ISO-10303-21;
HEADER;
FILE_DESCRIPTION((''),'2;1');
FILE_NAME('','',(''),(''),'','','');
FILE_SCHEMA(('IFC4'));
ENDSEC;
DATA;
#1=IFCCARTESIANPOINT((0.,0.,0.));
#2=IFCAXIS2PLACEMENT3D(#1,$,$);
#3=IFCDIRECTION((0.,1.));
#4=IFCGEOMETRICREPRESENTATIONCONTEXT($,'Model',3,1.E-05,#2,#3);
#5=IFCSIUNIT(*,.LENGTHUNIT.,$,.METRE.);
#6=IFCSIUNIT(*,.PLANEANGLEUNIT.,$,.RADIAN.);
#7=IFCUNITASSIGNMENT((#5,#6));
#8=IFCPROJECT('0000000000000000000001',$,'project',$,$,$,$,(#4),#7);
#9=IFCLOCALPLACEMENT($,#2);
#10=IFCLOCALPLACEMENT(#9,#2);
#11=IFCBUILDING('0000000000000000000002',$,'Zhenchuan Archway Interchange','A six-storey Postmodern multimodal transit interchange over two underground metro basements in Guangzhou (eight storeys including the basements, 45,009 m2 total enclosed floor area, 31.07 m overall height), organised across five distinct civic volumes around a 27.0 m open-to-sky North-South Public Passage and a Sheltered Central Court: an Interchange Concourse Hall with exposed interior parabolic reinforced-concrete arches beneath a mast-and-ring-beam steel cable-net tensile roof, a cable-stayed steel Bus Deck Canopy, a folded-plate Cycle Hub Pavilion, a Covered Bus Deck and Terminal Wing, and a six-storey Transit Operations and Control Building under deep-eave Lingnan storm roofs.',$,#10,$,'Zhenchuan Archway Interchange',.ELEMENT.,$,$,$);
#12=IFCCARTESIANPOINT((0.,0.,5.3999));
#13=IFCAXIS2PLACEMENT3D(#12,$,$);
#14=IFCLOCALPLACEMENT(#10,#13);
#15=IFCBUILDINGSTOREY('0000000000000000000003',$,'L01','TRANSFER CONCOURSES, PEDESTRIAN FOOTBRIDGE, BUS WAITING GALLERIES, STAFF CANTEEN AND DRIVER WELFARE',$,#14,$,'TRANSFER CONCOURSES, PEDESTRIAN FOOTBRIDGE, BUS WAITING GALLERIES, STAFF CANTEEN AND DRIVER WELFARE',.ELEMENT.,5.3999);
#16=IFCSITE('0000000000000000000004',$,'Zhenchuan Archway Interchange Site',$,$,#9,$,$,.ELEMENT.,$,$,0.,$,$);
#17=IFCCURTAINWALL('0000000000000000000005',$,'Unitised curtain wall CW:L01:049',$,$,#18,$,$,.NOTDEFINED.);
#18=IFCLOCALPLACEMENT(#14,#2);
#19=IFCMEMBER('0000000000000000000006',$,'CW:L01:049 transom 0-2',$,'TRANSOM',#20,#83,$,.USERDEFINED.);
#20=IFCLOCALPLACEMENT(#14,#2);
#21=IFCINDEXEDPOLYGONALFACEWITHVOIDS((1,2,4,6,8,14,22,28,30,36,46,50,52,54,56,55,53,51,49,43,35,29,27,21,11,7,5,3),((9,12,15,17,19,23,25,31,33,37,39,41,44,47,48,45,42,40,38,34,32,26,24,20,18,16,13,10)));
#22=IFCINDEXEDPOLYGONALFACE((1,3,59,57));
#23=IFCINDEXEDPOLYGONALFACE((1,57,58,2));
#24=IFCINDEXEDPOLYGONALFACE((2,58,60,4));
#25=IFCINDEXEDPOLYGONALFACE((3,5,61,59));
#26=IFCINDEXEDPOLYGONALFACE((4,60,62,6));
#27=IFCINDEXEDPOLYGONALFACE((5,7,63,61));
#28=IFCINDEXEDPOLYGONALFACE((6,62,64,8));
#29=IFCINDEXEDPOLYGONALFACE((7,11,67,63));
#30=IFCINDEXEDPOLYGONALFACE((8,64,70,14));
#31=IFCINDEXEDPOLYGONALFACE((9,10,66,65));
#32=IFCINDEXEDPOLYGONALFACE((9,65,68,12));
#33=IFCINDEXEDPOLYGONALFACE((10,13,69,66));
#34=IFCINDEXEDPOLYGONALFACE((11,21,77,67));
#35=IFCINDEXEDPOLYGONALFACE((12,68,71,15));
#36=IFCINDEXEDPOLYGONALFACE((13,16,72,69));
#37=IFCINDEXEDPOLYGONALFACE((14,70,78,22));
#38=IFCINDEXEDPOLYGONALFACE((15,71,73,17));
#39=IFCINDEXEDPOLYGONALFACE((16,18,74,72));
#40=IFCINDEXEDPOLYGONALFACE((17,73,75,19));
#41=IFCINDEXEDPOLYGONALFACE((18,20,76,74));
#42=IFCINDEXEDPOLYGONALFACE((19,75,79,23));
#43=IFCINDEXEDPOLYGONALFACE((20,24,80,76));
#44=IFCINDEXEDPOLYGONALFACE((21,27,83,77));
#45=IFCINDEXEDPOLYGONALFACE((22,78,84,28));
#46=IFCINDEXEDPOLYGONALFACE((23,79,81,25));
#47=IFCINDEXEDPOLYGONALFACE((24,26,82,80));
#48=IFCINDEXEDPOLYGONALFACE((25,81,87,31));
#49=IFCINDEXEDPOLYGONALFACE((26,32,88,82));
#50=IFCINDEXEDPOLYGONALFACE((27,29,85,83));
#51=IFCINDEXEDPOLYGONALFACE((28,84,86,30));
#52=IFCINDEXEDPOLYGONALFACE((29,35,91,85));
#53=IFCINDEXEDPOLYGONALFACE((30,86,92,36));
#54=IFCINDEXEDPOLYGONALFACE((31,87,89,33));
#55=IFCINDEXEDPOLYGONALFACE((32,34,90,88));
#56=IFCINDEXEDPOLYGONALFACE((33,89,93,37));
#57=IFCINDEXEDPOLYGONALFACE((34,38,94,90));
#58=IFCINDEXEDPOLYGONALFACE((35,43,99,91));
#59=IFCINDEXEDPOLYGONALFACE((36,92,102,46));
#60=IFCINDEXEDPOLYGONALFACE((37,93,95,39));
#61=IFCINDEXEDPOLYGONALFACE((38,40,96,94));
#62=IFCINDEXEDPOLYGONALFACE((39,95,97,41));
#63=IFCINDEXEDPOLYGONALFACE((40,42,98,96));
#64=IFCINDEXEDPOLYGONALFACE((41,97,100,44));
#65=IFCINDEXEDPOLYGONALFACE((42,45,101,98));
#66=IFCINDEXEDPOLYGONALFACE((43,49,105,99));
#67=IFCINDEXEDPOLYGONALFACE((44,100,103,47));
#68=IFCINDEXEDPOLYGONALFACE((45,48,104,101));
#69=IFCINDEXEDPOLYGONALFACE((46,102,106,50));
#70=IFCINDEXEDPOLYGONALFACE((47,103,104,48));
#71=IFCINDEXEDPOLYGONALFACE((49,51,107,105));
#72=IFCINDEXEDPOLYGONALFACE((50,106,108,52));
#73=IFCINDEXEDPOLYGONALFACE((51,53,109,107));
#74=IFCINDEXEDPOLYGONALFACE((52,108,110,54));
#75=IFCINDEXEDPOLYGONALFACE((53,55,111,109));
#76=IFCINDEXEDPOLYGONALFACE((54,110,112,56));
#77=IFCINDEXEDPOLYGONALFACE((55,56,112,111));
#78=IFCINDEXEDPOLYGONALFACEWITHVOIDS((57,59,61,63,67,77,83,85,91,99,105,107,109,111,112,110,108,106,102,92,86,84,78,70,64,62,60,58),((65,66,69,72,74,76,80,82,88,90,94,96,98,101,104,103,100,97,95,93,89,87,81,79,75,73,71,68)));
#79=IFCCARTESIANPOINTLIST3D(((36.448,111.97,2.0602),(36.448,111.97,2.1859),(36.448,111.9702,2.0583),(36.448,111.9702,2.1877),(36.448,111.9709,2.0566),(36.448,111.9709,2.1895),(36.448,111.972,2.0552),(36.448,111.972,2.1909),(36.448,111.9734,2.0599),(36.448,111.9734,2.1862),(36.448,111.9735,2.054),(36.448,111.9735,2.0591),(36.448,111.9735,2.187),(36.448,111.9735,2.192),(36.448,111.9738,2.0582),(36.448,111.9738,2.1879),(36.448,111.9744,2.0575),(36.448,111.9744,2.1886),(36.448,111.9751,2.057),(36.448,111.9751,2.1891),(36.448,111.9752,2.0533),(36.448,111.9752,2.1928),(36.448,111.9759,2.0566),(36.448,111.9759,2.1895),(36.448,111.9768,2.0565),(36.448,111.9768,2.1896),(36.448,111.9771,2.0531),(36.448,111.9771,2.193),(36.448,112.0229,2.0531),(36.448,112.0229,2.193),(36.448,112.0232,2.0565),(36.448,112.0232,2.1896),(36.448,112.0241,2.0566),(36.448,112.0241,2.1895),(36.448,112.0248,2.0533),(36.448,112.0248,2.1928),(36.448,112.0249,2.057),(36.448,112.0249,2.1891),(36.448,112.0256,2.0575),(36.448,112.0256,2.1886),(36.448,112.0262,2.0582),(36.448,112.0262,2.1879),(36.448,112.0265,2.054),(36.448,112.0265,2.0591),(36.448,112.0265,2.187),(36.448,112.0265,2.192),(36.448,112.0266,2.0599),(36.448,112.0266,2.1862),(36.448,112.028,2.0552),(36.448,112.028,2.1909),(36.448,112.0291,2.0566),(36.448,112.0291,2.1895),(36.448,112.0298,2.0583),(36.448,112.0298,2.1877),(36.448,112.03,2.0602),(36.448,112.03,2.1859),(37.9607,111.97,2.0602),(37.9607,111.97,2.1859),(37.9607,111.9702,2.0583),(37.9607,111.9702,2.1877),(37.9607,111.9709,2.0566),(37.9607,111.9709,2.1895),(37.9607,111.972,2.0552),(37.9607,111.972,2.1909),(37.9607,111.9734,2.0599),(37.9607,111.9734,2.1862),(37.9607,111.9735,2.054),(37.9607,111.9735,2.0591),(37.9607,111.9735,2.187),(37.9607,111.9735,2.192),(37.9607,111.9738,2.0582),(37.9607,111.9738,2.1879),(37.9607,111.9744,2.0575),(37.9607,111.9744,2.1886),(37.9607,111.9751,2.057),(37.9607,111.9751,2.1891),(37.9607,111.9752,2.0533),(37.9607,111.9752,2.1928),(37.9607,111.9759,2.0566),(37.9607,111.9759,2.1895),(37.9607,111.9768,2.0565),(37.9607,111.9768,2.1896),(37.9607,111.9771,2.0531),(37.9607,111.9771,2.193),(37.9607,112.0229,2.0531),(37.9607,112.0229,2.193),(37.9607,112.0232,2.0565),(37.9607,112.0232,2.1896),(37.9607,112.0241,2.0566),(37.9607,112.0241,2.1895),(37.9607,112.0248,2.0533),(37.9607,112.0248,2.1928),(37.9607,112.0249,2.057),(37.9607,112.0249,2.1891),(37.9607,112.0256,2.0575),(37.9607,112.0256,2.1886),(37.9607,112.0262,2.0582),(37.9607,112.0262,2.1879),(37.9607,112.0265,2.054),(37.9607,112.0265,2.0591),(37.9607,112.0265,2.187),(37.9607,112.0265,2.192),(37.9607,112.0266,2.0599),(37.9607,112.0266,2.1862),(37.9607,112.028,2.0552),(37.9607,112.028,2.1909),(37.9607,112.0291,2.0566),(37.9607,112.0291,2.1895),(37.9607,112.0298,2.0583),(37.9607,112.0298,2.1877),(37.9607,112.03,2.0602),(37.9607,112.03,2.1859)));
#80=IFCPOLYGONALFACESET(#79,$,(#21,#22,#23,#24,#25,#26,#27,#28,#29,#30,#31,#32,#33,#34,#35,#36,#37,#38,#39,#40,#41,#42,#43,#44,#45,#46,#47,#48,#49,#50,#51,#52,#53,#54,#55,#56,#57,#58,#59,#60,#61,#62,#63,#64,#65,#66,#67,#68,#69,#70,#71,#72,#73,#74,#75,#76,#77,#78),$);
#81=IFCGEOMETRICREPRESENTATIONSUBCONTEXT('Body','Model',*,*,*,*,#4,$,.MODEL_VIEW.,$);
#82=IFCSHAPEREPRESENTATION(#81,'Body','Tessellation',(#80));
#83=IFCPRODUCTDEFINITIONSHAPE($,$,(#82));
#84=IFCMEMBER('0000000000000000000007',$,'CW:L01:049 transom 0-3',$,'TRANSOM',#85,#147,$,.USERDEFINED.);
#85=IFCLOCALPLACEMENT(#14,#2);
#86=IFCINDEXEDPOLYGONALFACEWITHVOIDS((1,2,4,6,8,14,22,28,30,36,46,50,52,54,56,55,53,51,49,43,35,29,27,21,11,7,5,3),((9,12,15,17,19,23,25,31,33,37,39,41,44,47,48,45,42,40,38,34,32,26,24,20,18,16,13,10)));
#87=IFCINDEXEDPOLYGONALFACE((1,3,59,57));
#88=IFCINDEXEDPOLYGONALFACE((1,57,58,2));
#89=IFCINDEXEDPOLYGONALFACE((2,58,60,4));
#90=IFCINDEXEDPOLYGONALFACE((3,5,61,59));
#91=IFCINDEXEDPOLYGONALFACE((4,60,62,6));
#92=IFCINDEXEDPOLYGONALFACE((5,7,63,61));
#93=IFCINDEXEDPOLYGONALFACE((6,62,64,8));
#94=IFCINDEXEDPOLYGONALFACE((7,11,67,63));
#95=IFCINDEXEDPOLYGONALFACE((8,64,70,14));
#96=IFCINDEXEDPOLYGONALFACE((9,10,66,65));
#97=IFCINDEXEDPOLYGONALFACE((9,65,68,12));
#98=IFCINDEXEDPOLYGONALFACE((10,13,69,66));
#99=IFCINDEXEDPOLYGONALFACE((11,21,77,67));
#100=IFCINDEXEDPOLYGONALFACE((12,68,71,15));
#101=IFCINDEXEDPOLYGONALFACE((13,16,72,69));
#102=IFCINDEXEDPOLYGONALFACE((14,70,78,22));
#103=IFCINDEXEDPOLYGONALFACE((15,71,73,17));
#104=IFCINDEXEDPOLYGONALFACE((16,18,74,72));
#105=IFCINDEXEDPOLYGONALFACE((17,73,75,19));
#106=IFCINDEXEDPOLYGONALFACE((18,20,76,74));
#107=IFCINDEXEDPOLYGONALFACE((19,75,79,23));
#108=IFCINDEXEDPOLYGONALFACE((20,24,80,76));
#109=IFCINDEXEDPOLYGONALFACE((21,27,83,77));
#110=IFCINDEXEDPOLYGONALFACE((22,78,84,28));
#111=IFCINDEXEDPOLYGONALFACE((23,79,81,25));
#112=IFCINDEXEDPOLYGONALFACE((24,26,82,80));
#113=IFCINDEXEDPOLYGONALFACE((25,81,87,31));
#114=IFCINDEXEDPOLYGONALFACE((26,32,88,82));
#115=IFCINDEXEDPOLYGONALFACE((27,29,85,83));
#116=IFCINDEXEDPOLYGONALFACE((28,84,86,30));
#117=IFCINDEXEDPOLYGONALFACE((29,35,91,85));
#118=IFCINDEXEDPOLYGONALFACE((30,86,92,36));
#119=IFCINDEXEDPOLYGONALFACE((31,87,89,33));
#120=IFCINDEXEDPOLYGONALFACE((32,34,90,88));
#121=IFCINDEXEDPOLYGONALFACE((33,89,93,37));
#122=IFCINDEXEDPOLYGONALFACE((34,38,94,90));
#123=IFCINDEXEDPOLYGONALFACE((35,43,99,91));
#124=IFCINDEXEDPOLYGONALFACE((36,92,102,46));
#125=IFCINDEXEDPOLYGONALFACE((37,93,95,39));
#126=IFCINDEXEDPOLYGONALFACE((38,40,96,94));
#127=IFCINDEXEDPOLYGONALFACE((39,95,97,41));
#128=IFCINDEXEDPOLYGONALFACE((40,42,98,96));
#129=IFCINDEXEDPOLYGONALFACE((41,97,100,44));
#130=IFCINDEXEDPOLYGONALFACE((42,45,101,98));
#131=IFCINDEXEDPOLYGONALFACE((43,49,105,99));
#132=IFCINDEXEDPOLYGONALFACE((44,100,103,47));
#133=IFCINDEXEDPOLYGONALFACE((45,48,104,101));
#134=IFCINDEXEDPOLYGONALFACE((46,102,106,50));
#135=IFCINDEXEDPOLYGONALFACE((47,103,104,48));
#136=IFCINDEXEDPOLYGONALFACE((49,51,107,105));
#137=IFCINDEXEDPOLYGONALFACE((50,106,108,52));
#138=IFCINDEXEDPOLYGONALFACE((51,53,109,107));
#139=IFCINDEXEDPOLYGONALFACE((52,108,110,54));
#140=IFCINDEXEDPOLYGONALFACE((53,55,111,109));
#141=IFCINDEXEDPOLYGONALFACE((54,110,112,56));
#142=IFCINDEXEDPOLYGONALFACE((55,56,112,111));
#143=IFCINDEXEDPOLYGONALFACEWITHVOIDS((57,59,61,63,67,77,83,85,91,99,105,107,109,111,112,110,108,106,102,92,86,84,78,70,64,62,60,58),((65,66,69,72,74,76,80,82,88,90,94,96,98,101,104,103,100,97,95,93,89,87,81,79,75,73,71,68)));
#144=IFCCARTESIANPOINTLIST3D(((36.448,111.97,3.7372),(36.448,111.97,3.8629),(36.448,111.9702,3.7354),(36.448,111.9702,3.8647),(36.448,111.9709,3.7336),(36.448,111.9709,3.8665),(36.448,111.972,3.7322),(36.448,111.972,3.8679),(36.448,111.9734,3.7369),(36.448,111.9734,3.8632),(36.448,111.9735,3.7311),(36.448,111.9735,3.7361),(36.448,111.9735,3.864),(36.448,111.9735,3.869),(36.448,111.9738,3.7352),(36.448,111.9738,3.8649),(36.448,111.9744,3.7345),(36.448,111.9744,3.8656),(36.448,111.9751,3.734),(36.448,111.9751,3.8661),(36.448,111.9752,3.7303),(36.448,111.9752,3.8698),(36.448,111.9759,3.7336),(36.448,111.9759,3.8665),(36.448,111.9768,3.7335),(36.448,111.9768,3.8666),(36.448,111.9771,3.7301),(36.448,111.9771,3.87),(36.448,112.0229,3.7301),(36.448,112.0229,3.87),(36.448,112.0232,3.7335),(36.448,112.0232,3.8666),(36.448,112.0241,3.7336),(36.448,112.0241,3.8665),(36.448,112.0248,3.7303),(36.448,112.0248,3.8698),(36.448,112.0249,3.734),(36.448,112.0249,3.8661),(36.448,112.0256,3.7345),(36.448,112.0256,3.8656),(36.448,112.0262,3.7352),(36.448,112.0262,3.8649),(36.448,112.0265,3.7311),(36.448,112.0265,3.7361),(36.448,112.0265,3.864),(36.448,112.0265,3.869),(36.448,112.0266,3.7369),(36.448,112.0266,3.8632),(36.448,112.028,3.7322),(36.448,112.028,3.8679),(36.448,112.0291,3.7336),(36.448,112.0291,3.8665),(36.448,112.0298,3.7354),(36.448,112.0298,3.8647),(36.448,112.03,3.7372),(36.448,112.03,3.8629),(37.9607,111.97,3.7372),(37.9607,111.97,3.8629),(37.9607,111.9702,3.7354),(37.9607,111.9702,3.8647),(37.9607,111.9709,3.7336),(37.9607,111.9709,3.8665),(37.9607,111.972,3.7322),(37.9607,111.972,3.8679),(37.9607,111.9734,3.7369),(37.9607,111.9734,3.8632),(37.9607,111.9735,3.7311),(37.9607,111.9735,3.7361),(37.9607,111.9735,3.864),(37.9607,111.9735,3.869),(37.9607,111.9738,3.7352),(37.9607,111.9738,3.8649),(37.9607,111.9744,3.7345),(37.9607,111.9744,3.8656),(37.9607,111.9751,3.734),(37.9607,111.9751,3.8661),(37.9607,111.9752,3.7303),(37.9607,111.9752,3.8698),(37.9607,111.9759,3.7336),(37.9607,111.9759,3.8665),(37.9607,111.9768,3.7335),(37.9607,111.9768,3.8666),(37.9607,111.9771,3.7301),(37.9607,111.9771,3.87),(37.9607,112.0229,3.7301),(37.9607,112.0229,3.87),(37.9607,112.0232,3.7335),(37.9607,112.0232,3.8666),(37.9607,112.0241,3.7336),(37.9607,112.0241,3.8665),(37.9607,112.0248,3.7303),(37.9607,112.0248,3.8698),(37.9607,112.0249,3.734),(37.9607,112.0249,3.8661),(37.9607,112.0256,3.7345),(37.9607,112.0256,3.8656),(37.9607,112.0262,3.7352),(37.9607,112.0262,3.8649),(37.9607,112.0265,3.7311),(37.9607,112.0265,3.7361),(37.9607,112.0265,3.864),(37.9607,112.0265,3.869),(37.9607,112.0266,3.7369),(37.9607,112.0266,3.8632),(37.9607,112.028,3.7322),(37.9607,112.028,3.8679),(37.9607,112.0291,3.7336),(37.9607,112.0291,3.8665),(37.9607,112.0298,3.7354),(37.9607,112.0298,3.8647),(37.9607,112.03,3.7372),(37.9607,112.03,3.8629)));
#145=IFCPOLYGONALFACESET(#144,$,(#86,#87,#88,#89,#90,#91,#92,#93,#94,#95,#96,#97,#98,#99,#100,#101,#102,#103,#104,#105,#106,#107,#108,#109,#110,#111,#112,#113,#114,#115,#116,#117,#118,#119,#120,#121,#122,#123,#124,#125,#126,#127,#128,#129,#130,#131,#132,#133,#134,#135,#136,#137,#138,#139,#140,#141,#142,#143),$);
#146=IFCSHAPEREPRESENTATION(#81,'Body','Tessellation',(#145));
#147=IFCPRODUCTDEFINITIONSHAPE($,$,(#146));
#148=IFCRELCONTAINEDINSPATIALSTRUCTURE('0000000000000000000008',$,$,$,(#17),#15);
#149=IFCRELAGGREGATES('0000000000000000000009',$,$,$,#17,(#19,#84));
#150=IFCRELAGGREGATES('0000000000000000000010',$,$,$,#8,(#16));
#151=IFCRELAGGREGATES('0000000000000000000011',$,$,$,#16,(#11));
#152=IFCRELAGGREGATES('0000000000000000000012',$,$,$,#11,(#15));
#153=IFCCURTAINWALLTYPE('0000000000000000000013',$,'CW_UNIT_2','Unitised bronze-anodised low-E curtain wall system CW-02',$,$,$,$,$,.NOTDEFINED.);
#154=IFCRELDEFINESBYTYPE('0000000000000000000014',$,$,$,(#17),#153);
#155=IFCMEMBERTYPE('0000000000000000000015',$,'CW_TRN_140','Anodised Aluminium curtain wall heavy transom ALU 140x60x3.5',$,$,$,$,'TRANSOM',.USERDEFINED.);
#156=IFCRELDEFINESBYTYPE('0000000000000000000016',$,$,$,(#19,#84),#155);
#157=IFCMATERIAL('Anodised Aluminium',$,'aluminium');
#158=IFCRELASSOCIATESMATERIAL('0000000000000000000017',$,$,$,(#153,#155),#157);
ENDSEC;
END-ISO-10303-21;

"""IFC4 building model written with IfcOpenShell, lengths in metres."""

from ifc_helpers import new_model, si_unit, direction, frame, origin, origin_2d, place, context, subcontext, project, spatial, hollow_rectangle, extrude, material, material_profile, profile_set, type_object, element, aggregate, save


model = new_model("IFC4")

# Units and contexts
model_context = context("Model", 3, precision=1e-05, world=origin(), true_north=direction((0.0, 1.0)))
body_context = subcontext(model_context, "Body", "Model", "MODEL_VIEW")
ifc_project = project(units=[si_unit("LENGTHUNIT", "METRE"), si_unit("PLANEANGLEUNIT", "RADIAN")], contexts=[model_context])

# Site, building, storey
site_placement = place(None, origin())
site = spatial("IfcSite", under=ifc_project, at=site_placement, Name="Zhenchuan Archway Interchange Site", CompositionType="ELEMENT", RefElevation=0.0)
building_placement = place(site_placement, origin())
building = spatial("IfcBuilding", under=site, at=building_placement, Name="Zhenchuan Archway Interchange", Description="A six-storey Postmodern multimodal transit interchange over two underground metro basements in Guangzhou (eight storeys including the basements, 45,009 m2 total enclosed floor area, 31.07 m overall height), organised across five distinct civic volumes around a 27.0 m open-to-sky North-South Public Passage and a Sheltered Central Court: an Interchange Concourse Hall with exposed interior parabolic reinforced-concrete arches beneath a mast-and-ring-beam steel cable-net tensile roof, a cable-stayed steel Bus Deck Canopy, a folded-plate Cycle Hub Pavilion, a Covered Bus Deck and Terminal Wing, and a six-storey Transit Operations and Control Building under deep-eave Lingnan storm roofs.", LongName="Zhenchuan Archway Interchange", CompositionType="ELEMENT")
storey_placement = place(building_placement, frame((0.0, 0.0, 5.3999)))
storey = spatial("IfcBuildingStorey", under=building, at=storey_placement, Name="L01", Description="TRANSFER CONCOURSES, PEDESTRIAN FOOTBRIDGE, BUS WAITING GALLERIES, STAFF CANTEEN AND DRIVER WELFARE", LongName="TRANSFER CONCOURSES, PEDESTRIAN FOOTBRIDGE, BUS WAITING GALLERIES, STAFF CANTEEN AND DRIVER WELFARE", CompositionType="ELEMENT", Elevation=5.3999)

# Curtain wall
ifc_material_1 = material(Name="Anodised Aluminium", Category="aluminium")
curtain_wall_type_1 = type_object("IfcCurtainWallType", Name="CW_UNIT_2", Description="Unitised bronze-anodised low-E curtain wall system CW-02", PredefinedType="NOTDEFINED", material=ifc_material_1)
curtain_wall_1_placement = place(storey_placement, origin())
curtain_wall_1 = element("IfcCurtainWall", 1, at=curtain_wall_1_placement, inside=storey, type_object=curtain_wall_type_1, Name="Unitised curtain wall CW:L01:049", PredefinedType="NOTDEFINED")

# Members
ifc_material_profile_1 = material_profile(ifc_material_1, hollow_rectangle(XDim=0.0601, YDim=0.1399, WallThickness=0.0034, InnerFilletRadius=0.0034, OuterFilletRadius=0.0071, at=origin_2d()), Name="ALU 140x60x3.5")
ifc_profile_set_1 = profile_set([ifc_material_profile_1], Name="Anodised Aluminium")
member_type_1 = type_object("IfcMemberType", Name="CW_TRN_140", Description="Anodised Aluminium curtain wall heavy transom ALU 140x60x3.5", ElementType="TRANSOM", PredefinedType="USERDEFINED", material=ifc_profile_set_1)
member_1_placement = place(storey_placement, frame((36.448, 112.0, 2.123), z_axis=(1.0, 0.0, 0.0), x_axis=(0.0, 1.0, 0.0)))
member_1 = element("IfcMember", 2, at=member_1_placement, type_object=member_type_1, Name="CW:L01:049 transom 0-2", ObjectType="TRANSOM", PredefinedType="USERDEFINED", context=body_context, shape_type="SweptSolid", body=[
    extrude(hollow_rectangle(XDim=0.0601, YDim=0.1399, WallThickness=0.0034, InnerFilletRadius=0.0034, OuterFilletRadius=0.0071, at=origin_2d()), origin(), (0.0, 0.0, 1.0), 1.5127),
])
member_2_placement = place(storey_placement, frame((36.448, 112.0, 3.8), z_axis=(1.0, 0.0, 0.0), x_axis=(0.0, 1.0, 0.0)))
member_2 = element("IfcMember", 3, at=member_2_placement, type_object=member_type_1, Name="CW:L01:049 transom 0-3", ObjectType="TRANSOM", PredefinedType="USERDEFINED", context=body_context, shape_type="SweptSolid", body=[
    extrude(hollow_rectangle(XDim=0.0601, YDim=0.1399, WallThickness=0.0034, InnerFilletRadius=0.0034, OuterFilletRadius=0.0071, at=origin_2d()), origin(), (0.0, 0.0, 1.0), 1.5127),
])

aggregate(curtain_wall_1, [member_1, member_2])

save(model, "model.ifc")
